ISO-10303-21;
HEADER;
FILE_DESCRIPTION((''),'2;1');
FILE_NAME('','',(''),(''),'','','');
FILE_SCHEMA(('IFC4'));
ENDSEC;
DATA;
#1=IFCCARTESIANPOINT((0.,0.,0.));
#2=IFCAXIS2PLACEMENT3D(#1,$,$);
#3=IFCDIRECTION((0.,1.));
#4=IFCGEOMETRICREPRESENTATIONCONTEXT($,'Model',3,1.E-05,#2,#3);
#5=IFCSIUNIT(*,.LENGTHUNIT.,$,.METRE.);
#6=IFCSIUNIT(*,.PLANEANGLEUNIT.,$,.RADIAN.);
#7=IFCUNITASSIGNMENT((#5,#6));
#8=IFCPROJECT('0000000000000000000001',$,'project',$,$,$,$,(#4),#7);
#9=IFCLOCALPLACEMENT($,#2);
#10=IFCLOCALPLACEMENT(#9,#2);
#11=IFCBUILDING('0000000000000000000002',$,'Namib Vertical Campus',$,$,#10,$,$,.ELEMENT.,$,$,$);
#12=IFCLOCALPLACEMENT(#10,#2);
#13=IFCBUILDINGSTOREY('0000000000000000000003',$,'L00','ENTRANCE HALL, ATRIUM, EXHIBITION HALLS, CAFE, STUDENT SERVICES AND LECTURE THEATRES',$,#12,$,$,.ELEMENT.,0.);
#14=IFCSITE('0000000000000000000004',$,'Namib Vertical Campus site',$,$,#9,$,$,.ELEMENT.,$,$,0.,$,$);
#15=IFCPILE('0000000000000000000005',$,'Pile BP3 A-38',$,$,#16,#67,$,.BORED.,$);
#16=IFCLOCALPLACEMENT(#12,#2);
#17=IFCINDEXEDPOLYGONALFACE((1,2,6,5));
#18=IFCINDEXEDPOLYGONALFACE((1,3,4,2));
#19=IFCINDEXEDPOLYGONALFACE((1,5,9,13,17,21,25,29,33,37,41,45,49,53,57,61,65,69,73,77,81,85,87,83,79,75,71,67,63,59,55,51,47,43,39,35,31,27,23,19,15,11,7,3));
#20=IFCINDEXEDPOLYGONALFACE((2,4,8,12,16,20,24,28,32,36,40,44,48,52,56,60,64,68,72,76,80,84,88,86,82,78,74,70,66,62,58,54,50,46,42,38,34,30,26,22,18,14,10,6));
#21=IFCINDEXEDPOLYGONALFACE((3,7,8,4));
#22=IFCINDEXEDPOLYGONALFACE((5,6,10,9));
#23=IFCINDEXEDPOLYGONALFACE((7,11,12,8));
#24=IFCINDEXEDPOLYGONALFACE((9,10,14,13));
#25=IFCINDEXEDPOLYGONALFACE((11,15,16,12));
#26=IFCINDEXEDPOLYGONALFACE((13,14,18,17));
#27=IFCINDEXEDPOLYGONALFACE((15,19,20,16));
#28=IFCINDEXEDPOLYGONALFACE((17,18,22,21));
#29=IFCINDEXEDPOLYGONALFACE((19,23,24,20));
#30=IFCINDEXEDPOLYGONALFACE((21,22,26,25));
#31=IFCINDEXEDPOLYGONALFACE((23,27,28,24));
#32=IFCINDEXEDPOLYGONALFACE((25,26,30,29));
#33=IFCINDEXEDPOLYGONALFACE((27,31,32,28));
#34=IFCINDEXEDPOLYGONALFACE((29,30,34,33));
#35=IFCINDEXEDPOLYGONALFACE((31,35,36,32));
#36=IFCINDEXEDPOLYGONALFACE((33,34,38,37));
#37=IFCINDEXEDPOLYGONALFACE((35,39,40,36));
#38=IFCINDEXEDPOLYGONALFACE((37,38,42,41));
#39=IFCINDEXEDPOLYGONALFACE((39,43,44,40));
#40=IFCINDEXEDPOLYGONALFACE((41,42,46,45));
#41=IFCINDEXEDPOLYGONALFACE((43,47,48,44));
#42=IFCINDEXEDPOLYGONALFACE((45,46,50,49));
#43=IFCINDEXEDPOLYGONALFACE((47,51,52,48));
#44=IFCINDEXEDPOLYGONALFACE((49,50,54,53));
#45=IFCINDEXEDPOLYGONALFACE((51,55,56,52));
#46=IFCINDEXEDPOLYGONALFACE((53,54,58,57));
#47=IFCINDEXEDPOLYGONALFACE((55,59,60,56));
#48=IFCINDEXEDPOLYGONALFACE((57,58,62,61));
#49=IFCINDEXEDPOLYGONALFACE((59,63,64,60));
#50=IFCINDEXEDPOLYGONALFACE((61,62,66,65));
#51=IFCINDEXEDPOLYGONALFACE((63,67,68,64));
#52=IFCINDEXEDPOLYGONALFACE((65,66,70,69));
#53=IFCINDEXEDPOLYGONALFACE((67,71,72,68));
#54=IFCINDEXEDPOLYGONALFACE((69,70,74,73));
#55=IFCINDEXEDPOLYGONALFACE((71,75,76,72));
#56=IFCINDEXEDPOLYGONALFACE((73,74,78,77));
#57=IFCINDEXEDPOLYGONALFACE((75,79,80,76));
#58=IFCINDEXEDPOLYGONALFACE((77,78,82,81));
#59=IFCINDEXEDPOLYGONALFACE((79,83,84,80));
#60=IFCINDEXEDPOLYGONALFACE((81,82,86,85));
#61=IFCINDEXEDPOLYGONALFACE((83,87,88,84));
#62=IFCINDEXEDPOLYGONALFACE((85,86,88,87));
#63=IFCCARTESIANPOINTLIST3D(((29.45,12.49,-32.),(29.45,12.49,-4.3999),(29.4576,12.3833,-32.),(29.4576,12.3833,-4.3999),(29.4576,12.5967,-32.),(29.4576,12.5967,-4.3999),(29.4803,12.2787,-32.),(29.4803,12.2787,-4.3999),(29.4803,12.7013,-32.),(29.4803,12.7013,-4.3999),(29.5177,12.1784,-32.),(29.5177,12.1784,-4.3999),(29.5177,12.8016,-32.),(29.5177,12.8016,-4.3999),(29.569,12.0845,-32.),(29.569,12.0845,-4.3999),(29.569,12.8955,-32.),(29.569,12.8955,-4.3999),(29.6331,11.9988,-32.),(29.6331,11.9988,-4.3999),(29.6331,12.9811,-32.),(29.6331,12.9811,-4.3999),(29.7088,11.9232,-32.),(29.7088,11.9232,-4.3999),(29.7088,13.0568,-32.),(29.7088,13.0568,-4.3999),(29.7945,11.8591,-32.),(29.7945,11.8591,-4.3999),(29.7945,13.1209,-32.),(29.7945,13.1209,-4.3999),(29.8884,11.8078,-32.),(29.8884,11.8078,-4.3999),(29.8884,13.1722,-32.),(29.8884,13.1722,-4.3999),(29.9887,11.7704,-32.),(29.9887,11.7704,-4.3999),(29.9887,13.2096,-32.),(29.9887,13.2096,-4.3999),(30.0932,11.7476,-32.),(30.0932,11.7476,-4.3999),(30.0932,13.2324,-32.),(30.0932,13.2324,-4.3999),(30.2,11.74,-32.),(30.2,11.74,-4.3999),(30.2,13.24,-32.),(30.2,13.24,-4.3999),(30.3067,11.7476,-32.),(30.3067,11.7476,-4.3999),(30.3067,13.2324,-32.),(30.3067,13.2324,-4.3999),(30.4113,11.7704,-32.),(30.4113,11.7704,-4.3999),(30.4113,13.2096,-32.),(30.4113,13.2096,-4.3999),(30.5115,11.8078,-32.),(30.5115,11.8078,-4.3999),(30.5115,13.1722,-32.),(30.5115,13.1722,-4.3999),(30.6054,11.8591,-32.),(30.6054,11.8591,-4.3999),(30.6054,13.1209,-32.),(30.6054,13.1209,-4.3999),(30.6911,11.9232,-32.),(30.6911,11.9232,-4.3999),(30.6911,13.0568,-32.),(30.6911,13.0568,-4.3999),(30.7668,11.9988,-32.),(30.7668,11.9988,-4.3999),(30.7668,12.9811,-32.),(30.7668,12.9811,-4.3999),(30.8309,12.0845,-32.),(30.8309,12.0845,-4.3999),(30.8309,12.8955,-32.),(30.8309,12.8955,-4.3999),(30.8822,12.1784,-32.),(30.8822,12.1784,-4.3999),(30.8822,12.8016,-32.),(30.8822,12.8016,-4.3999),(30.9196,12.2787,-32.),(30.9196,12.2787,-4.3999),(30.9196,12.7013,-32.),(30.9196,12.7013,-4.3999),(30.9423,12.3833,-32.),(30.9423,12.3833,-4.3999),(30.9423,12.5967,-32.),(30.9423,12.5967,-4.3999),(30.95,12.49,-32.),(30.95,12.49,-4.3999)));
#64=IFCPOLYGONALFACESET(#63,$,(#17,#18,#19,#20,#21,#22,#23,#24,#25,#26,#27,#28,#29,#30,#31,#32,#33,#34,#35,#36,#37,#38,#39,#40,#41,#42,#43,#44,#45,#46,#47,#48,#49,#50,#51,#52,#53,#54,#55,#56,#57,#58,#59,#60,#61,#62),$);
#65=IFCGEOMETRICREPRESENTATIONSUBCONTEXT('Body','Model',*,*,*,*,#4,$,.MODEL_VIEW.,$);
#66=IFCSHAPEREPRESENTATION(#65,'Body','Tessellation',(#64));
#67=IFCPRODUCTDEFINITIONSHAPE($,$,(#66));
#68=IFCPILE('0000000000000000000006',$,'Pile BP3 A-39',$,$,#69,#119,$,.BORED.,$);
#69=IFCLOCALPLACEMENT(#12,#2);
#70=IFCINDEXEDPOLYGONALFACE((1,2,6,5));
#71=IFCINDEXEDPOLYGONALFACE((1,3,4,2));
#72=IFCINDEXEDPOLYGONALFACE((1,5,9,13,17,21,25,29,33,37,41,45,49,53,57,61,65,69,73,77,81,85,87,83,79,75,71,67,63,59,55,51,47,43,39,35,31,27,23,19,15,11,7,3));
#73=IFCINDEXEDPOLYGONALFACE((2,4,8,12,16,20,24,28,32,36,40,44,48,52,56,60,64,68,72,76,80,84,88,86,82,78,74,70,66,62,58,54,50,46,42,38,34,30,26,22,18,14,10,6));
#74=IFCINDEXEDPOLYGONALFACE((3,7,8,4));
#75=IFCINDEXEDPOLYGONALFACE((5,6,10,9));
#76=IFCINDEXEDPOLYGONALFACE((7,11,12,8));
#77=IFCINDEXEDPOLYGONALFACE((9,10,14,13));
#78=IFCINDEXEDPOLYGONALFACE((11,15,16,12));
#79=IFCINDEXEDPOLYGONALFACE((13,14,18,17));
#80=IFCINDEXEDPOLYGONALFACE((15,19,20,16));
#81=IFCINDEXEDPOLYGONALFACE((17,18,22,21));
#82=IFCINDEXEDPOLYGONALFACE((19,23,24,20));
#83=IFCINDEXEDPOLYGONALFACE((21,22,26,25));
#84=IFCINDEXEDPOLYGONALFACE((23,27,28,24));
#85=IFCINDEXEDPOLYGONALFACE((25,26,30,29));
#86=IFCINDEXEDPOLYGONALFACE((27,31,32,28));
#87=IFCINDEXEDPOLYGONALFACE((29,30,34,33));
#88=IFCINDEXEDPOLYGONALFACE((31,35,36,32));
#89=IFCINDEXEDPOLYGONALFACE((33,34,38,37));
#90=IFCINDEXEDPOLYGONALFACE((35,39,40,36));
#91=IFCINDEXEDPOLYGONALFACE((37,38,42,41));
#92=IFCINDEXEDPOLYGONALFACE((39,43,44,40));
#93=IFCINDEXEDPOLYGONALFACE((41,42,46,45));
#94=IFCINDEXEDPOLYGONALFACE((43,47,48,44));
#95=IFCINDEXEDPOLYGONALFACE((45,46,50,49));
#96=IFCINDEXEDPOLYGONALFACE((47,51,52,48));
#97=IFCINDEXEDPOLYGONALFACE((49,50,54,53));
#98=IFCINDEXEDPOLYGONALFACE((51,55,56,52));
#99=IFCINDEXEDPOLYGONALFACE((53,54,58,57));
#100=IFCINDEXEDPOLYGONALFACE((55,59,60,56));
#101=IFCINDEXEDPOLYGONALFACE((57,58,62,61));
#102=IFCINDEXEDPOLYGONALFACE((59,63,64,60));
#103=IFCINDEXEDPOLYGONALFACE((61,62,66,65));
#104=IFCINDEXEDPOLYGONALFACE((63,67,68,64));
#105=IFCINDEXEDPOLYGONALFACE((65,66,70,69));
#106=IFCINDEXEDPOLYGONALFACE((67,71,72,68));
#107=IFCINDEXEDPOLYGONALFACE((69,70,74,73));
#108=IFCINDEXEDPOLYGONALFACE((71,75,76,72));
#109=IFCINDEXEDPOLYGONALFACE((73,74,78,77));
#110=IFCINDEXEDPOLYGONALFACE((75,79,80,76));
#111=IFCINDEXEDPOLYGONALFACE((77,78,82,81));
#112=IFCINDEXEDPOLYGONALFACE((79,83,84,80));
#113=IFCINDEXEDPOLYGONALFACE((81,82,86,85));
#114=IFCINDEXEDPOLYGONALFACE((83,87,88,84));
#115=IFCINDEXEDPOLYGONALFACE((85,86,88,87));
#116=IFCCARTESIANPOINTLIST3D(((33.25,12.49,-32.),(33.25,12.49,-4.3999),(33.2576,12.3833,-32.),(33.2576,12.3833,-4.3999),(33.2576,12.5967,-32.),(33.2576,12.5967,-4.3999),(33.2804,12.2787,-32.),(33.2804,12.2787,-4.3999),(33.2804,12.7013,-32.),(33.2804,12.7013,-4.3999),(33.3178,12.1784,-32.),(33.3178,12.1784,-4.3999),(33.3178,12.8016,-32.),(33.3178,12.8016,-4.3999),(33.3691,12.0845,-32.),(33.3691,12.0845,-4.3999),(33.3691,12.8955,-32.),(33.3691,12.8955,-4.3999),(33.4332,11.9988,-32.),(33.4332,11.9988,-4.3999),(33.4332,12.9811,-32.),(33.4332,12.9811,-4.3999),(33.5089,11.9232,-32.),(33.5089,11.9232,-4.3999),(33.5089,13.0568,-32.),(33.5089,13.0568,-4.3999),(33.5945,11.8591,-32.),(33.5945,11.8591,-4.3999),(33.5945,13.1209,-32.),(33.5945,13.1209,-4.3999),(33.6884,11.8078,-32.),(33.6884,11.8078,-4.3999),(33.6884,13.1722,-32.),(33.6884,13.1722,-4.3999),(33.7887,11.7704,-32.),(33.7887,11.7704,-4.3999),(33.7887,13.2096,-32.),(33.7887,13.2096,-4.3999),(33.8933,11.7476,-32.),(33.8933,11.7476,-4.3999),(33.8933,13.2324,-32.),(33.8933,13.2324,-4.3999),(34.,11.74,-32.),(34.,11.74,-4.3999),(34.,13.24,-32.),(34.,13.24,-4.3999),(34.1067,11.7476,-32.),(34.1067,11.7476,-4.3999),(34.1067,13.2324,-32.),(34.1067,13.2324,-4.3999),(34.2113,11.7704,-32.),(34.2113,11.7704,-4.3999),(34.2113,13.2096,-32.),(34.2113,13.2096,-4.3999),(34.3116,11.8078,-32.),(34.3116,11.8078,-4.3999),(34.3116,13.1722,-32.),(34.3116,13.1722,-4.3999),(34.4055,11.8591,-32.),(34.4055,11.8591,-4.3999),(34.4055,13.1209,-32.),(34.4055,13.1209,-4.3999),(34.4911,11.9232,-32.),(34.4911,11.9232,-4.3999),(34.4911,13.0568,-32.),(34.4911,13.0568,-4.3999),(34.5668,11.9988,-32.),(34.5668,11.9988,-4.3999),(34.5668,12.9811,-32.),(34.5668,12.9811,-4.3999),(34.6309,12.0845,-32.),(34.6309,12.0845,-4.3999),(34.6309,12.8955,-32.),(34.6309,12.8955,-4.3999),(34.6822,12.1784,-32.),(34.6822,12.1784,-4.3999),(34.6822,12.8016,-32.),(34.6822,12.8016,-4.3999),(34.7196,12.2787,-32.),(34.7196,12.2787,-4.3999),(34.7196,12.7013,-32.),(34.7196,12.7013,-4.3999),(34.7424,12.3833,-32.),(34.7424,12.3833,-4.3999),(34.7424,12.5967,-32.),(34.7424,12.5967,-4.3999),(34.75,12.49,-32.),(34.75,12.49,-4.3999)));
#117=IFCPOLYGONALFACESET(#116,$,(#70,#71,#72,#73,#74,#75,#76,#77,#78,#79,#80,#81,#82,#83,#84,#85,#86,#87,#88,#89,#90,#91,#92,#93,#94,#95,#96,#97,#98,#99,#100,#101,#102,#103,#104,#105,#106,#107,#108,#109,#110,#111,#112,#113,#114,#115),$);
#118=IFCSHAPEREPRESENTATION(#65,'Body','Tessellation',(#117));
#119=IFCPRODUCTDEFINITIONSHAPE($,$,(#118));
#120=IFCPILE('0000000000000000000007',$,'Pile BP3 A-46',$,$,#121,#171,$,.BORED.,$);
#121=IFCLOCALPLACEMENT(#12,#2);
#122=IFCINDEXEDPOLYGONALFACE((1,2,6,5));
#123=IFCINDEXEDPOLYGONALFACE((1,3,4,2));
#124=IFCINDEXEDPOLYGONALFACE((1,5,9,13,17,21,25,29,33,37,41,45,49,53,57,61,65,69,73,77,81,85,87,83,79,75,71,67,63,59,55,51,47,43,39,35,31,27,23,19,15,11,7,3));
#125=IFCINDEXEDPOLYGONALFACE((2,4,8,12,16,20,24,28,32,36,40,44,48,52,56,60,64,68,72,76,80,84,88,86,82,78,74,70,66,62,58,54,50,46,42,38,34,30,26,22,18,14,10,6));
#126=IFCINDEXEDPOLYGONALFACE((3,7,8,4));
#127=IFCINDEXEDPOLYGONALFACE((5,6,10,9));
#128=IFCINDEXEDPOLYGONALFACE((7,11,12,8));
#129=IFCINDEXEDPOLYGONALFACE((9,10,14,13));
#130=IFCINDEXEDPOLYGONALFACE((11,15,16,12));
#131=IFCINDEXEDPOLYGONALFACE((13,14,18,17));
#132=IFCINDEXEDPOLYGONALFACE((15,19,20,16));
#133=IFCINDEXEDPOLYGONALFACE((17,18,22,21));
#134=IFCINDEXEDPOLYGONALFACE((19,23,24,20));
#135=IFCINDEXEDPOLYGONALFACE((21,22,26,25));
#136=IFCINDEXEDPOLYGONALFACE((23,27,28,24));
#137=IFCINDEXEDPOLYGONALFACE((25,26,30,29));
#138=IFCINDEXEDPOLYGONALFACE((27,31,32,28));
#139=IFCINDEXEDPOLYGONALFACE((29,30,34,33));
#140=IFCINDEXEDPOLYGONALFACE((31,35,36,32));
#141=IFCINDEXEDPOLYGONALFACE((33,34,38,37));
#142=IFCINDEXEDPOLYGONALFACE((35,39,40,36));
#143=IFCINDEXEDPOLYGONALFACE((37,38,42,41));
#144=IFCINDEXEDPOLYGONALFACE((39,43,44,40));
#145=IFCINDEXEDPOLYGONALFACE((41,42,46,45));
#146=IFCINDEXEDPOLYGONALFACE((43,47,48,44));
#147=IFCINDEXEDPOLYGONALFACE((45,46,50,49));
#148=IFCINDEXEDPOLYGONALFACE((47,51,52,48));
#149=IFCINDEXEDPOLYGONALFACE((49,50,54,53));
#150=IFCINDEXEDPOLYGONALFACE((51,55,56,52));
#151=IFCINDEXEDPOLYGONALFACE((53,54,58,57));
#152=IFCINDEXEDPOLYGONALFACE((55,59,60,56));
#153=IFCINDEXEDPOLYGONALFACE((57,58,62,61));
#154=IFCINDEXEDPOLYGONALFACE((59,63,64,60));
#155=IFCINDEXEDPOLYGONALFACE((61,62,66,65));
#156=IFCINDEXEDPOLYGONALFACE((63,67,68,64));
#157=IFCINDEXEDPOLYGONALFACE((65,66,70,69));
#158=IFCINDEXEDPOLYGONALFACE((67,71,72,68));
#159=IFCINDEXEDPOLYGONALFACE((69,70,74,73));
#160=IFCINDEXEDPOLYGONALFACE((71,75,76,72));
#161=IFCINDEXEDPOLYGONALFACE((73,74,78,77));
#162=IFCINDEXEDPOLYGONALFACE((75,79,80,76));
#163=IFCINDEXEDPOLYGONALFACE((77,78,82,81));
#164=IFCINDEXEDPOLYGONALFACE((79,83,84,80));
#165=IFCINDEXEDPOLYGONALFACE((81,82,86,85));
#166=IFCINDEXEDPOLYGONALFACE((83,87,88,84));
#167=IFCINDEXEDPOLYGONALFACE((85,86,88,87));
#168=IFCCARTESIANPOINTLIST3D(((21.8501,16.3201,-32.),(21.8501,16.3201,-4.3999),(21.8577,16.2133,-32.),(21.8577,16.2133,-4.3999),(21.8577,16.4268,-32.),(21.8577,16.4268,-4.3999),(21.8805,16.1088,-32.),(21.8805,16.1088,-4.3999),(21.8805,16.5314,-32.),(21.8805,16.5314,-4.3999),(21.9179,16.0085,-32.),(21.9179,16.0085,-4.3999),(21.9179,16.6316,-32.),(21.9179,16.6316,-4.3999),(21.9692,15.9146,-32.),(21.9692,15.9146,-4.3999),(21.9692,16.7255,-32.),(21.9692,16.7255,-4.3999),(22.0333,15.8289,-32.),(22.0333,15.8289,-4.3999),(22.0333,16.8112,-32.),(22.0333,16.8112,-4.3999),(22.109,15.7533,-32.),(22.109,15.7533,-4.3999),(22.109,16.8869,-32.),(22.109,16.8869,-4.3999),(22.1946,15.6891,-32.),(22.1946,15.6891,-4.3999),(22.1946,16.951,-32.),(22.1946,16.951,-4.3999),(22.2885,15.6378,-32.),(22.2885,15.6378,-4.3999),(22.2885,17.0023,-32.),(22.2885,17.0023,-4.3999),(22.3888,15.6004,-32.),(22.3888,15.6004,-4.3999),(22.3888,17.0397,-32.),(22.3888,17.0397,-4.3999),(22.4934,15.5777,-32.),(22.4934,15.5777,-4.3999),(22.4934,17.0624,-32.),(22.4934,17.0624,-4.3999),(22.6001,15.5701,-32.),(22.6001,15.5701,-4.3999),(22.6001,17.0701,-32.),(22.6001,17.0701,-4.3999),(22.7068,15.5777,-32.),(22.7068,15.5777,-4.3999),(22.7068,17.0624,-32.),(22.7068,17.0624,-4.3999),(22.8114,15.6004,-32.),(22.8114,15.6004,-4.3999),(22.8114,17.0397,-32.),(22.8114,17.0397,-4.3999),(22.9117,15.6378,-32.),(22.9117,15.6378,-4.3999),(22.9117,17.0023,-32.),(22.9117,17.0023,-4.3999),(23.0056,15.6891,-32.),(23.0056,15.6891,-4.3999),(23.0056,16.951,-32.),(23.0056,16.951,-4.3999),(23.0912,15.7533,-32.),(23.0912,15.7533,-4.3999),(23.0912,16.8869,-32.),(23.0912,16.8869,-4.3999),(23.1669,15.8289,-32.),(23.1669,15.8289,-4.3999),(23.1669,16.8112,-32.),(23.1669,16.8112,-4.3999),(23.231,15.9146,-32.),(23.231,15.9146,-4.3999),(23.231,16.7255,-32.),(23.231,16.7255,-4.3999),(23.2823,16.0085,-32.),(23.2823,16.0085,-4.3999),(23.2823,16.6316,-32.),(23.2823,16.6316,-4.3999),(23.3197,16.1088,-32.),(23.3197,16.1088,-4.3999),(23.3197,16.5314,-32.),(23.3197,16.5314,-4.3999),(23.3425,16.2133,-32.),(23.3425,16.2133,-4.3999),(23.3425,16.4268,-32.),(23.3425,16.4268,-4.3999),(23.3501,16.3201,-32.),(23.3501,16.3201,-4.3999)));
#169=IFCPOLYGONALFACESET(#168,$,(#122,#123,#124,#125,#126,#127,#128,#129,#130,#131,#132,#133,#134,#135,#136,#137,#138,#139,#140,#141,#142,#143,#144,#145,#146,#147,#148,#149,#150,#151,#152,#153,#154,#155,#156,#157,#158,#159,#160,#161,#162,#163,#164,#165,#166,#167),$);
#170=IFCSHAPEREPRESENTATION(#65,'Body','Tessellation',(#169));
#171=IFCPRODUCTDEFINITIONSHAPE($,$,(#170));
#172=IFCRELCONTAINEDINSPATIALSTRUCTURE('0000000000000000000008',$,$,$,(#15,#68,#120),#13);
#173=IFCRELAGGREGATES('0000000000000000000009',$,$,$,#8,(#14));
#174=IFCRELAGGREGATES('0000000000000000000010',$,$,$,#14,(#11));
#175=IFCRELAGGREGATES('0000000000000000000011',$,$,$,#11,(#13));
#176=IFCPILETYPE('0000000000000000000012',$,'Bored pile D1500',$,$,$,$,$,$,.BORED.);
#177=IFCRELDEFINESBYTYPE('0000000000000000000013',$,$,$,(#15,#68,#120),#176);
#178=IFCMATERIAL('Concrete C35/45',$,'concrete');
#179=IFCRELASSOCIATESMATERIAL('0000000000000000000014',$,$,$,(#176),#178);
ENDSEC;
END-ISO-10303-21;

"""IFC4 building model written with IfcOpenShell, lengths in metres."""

from ifc_helpers import new_model, si_unit, direction, frame, origin, origin_2d, place, context, subcontext, project, spatial, circle, extrude, material, material_profile, profile_set, type_object, element, save


model = new_model("IFC4")

# Units and contexts
model_context = context("Model", 3, precision=1e-05, world=origin(), true_north=direction((0.0, 1.0)))
body_context = subcontext(model_context, "Body", "Model", "MODEL_VIEW")
ifc_project = project(units=[si_unit("LENGTHUNIT", "METRE"), si_unit("PLANEANGLEUNIT", "RADIAN")], contexts=[model_context])

# Site, building, storey
site_placement = place(None, origin())
site = spatial("IfcSite", under=ifc_project, at=site_placement, Name="Namib Vertical Campus site", CompositionType="ELEMENT", RefElevation=0.0)
building_placement = place(site_placement, origin())
building = spatial("IfcBuilding", under=site, at=building_placement, Name="Namib Vertical Campus", CompositionType="ELEMENT")
storey_placement = place(building_placement, origin())
storey = spatial("IfcBuildingStorey", under=building, at=storey_placement, Name="L00", Description="ENTRANCE HALL, ATRIUM, EXHIBITION HALLS, CAFE, STUDENT SERVICES AND LECTURE THEATRES", CompositionType="ELEMENT", Elevation=0.0)

# Piles
ifc_material_1 = material(Name="Concrete C35/45", Category="concrete")
ifc_material_profile_1 = material_profile(ifc_material_1, circle(Radius=0.75, at=origin_2d()))
ifc_profile_set_1 = profile_set([ifc_material_profile_1], Name="Concrete C35/45")
pile_type = type_object("IfcPileType", Name="Bored pile D1500", PredefinedType="BORED", material=ifc_profile_set_1)
for number, where, z_axis, x_axis, name in (
    (1, (30.2, 12.49, -4.3999), (0.0, 0.0, -1.0), (1.0, 0.0, 0.0), "Pile BP3 A-38"),
    (2, (34.0, 12.49, -4.3999), (0.0, 0.0, -1.0), (1.0, 0.0, 0.0), "Pile BP3 A-39"),
    (3, (22.6001, 16.3201, -4.3999), (0.0, 0.0, -1.0), (1.0, 0.0, 0.0), "Pile BP3 A-46"),
):
    element("IfcPile", number, at=place(storey_placement, frame(where, z_axis=z_axis, x_axis=x_axis)), inside=storey, type_object=pile_type, Name=name, PredefinedType="BORED", context=body_context, shape_type="SweptSolid", body=[
        extrude(circle(Radius=0.75, at=origin_2d()), origin(), (0.0, 0.0, 1.0), 27.6001),
    ])

save(model, "model.ifc")
